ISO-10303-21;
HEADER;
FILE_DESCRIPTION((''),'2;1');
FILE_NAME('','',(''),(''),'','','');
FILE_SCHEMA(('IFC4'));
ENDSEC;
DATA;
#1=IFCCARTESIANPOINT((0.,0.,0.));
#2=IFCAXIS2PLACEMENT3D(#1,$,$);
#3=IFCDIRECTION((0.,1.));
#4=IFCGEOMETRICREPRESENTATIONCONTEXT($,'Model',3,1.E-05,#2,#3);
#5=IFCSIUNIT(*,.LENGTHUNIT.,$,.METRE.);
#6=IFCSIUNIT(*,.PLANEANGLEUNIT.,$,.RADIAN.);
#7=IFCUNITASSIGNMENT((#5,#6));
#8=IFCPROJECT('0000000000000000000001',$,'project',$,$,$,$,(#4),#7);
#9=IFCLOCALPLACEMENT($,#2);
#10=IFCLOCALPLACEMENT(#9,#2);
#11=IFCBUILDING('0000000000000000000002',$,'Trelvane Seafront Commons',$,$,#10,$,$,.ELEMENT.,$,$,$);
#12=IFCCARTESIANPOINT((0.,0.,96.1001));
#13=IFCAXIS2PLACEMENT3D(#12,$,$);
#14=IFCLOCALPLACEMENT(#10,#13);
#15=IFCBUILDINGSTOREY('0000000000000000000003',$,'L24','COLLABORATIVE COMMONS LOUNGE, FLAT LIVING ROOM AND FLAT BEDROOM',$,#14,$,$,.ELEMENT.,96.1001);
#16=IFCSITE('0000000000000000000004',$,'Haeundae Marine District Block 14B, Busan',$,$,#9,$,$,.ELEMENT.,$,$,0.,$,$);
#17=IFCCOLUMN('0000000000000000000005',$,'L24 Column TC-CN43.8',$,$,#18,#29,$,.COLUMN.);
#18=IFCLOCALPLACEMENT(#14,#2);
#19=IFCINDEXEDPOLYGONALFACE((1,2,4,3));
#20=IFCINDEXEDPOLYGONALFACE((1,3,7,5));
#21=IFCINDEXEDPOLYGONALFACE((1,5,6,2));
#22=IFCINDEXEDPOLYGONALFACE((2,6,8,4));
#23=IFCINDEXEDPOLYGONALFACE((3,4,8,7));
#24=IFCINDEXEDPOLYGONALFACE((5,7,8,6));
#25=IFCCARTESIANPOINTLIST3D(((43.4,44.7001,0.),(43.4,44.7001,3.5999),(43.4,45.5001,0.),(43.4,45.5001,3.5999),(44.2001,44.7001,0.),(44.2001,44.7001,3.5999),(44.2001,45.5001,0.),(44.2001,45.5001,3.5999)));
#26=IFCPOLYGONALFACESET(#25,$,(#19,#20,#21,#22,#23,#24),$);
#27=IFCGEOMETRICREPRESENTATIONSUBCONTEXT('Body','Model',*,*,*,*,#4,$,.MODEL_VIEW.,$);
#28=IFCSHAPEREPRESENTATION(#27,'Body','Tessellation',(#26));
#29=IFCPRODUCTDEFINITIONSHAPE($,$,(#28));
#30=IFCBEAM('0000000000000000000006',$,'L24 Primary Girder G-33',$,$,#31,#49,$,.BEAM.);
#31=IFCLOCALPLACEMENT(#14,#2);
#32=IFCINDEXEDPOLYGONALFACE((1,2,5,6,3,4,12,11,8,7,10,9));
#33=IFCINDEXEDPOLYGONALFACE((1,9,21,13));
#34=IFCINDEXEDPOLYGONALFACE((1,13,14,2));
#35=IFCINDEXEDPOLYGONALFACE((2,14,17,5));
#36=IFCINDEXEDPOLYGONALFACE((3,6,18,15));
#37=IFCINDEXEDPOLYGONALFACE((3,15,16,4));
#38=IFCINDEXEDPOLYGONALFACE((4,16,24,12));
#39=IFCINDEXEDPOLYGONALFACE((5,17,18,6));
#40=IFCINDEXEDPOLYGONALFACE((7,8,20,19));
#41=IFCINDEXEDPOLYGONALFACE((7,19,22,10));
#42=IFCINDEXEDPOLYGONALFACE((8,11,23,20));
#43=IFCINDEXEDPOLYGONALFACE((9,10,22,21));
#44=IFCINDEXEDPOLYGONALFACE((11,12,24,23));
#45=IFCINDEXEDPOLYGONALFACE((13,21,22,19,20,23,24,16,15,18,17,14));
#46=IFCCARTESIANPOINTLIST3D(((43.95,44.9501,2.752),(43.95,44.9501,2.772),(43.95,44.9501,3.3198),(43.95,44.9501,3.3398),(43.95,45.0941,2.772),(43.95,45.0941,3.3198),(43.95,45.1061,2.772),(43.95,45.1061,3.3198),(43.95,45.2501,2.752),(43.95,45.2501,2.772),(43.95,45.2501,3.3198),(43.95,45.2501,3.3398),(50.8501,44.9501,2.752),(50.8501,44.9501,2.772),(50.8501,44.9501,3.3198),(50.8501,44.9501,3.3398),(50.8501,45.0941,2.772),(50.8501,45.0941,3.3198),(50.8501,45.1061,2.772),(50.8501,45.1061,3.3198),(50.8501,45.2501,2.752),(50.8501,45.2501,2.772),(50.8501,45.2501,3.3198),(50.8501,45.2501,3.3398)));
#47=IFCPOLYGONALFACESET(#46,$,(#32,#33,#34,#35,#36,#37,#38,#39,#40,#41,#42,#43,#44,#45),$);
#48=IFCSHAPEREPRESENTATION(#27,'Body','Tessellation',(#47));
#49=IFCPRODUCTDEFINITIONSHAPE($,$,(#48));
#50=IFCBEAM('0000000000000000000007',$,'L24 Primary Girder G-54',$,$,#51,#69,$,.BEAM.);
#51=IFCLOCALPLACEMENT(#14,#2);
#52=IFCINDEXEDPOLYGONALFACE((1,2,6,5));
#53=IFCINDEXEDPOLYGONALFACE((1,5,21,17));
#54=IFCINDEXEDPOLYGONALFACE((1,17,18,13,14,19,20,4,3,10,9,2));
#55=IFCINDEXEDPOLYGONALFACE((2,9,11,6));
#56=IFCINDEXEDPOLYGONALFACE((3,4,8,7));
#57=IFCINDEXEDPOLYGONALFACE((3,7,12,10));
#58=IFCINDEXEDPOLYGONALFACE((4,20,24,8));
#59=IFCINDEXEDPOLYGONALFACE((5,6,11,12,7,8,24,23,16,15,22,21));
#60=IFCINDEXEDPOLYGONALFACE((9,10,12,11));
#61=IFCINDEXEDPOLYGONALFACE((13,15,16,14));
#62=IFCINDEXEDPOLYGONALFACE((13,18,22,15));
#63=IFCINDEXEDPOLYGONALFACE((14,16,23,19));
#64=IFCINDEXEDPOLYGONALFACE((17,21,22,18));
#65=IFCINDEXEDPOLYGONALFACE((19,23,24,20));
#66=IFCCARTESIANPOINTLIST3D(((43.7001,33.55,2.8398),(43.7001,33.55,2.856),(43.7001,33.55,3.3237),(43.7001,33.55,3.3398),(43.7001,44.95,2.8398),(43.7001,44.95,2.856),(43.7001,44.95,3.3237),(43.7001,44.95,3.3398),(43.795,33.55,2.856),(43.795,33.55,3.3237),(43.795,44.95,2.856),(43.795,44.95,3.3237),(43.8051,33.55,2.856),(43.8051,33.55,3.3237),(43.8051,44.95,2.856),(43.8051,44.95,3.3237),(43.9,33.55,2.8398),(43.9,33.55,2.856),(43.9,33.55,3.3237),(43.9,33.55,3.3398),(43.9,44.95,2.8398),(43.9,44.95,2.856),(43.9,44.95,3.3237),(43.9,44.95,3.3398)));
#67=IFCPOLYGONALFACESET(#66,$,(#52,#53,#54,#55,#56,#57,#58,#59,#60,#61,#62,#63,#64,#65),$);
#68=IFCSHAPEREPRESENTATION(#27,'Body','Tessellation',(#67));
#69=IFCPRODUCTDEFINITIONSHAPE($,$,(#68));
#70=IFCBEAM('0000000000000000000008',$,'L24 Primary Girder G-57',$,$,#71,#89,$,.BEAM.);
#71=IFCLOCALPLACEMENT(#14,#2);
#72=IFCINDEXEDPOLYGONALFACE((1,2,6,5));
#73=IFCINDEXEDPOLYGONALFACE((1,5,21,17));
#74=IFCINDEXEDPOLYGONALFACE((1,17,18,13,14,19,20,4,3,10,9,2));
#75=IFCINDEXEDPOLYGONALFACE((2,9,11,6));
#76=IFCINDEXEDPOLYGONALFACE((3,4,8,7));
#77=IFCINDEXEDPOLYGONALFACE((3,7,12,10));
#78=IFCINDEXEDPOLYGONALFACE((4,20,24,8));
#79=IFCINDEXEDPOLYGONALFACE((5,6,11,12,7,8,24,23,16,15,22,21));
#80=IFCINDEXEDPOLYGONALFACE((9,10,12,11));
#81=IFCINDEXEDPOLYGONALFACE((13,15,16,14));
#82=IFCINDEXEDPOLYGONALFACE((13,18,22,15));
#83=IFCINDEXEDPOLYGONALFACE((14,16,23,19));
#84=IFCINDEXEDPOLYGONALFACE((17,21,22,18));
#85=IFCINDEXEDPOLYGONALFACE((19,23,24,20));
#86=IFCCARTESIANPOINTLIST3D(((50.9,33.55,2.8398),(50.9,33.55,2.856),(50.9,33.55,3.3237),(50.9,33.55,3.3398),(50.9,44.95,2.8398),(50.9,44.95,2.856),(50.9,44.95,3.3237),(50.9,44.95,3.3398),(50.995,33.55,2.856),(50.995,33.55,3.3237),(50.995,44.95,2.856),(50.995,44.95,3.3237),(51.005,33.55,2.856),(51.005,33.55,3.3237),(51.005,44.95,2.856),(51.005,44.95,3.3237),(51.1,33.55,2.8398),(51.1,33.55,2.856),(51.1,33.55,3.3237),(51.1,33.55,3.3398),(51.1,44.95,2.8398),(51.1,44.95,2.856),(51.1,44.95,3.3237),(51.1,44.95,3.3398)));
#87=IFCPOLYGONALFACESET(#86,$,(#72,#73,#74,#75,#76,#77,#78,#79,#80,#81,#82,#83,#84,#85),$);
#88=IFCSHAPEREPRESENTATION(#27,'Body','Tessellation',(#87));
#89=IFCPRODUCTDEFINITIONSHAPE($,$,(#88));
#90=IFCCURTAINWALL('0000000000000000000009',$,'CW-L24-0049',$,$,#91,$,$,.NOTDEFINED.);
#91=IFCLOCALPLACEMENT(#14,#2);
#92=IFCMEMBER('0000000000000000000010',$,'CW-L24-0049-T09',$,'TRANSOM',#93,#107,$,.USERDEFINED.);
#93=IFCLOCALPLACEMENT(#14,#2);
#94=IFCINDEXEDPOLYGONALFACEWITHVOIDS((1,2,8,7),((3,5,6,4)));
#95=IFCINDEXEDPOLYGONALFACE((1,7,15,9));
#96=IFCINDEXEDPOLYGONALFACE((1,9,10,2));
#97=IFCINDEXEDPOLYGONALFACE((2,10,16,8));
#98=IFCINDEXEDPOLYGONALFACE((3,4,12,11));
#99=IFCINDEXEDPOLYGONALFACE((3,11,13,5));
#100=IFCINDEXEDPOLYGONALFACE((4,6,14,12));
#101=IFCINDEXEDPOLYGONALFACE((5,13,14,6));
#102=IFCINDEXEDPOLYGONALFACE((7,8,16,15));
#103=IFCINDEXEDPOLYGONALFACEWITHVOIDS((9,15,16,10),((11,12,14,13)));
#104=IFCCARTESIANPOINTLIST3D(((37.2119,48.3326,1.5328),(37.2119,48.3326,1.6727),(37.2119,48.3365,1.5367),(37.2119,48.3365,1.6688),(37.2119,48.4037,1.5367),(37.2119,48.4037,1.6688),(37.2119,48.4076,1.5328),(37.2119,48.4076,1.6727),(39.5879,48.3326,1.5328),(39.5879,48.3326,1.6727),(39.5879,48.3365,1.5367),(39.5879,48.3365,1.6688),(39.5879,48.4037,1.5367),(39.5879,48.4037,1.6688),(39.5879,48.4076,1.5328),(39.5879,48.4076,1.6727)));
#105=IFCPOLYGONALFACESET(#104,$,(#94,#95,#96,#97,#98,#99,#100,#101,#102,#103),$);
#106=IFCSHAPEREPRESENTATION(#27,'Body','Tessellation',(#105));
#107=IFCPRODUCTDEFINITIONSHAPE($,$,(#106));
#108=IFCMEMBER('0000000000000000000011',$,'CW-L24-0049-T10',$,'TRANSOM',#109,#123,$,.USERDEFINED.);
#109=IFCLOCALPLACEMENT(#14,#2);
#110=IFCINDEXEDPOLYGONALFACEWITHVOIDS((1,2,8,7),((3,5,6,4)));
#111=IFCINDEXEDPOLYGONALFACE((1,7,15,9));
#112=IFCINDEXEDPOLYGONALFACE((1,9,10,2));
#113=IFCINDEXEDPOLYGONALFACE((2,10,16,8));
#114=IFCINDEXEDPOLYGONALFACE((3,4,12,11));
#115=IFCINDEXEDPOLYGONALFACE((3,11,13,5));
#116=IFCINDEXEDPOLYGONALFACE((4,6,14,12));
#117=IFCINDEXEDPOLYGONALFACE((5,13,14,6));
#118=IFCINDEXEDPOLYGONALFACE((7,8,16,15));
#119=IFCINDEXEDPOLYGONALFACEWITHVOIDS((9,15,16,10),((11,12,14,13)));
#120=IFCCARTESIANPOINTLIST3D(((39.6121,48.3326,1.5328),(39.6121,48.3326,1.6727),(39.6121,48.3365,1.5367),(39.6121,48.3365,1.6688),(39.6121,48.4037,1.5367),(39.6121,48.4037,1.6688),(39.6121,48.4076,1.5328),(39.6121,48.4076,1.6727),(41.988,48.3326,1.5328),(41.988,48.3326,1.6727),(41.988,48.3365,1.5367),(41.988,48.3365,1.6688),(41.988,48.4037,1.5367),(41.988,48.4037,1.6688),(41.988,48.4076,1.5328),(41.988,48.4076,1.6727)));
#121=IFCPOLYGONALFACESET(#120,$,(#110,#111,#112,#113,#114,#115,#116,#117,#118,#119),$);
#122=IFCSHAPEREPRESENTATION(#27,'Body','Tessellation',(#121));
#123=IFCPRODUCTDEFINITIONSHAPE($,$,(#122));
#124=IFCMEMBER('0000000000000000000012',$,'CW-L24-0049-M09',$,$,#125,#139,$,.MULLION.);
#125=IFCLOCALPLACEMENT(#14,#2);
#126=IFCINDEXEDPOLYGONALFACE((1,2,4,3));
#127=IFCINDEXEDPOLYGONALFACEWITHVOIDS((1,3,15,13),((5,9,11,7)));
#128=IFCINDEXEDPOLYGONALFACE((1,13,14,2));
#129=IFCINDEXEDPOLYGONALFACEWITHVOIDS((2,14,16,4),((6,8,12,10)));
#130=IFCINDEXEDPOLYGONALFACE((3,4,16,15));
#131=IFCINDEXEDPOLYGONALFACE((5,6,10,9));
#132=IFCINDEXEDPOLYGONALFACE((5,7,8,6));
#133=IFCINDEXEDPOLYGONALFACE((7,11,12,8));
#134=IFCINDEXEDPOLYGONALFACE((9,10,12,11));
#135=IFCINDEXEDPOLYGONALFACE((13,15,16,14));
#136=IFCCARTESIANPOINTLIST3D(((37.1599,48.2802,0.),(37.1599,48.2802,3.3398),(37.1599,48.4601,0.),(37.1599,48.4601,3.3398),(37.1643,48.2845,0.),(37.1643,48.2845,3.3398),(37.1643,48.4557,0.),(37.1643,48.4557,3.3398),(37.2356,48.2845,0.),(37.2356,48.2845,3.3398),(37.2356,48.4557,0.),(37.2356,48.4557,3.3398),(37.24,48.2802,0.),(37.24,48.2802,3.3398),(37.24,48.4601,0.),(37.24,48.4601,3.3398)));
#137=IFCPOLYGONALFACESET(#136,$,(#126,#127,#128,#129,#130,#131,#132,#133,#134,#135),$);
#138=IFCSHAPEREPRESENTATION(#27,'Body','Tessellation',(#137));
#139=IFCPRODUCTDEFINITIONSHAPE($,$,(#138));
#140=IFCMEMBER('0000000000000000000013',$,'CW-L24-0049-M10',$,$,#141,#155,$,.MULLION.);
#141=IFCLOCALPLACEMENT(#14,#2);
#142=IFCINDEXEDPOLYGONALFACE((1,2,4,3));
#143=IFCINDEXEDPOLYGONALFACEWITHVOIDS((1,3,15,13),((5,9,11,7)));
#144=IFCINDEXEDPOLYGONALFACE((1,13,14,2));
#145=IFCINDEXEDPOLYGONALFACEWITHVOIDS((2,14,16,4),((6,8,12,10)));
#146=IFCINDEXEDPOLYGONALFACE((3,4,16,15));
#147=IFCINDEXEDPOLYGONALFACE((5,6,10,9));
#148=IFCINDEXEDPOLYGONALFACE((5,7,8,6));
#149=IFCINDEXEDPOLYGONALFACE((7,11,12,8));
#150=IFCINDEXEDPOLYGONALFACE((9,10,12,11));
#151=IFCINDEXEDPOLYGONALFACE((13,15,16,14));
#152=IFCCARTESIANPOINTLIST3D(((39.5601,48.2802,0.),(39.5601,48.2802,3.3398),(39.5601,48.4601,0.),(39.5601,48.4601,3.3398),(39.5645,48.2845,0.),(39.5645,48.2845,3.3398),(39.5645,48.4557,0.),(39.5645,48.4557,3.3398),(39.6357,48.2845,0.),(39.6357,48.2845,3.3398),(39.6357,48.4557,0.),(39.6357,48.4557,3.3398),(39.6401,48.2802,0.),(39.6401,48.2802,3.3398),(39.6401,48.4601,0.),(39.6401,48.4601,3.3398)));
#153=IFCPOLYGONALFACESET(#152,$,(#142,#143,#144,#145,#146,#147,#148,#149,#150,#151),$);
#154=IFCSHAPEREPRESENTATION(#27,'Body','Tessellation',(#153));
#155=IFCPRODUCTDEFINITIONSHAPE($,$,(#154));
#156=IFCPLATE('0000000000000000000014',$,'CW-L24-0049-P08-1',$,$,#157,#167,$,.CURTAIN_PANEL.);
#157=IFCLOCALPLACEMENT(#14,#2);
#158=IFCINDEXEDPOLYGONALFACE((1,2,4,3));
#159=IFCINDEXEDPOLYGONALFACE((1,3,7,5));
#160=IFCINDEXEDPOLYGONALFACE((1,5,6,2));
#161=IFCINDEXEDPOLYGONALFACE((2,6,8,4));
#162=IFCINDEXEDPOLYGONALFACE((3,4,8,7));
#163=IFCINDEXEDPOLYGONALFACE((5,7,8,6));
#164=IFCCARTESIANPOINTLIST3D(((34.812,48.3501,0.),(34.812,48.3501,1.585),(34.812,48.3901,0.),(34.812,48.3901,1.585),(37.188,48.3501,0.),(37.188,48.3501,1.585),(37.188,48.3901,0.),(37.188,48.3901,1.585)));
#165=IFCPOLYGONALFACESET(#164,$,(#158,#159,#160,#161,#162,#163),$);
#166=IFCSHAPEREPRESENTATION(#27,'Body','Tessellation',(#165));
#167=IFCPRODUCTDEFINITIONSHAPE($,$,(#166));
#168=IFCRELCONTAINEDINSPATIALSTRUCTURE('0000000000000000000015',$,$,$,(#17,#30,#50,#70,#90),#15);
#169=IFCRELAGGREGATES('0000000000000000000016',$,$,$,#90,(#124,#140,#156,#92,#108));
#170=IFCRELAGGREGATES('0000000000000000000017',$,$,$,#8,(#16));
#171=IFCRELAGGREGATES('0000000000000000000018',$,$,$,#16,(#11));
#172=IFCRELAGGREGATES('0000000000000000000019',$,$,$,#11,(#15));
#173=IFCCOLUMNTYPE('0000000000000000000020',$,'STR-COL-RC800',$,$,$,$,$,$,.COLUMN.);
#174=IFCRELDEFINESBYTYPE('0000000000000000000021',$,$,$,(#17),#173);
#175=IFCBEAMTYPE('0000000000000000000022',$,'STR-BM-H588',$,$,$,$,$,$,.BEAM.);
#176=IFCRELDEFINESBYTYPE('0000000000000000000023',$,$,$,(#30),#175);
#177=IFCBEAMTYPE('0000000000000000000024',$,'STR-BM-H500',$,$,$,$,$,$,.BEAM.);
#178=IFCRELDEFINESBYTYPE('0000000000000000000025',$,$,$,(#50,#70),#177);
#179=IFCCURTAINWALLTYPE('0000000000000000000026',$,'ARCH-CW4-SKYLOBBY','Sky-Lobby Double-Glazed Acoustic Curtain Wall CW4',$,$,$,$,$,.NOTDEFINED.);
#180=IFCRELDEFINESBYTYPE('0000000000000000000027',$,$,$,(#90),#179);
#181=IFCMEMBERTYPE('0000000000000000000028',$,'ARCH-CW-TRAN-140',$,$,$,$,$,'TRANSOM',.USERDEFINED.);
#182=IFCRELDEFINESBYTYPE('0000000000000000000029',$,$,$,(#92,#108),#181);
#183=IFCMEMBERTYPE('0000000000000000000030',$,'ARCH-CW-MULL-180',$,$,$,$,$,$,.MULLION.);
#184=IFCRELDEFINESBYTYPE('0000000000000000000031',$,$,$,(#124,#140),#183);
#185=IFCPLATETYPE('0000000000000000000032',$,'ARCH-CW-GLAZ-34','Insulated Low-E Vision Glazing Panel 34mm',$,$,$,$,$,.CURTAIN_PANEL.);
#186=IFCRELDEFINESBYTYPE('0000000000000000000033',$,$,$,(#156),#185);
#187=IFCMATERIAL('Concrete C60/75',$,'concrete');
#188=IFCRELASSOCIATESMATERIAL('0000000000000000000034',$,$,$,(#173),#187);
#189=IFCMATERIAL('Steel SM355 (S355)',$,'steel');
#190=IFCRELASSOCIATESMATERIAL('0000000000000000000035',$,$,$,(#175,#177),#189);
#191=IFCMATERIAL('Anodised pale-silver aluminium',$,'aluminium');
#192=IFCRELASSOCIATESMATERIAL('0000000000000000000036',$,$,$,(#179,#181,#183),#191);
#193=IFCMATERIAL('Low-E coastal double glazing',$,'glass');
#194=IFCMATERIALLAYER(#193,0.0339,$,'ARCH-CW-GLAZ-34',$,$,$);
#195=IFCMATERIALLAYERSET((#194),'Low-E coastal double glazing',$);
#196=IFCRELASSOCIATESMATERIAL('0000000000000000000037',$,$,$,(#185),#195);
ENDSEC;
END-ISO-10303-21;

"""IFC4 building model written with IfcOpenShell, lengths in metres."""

from ifc_helpers import new_model, si_unit, direction, frame, origin, origin_2d, place, context, subcontext, project, spatial, rectangle, hollow_rectangle, i_section, extrude, source, transform, mapped, material, layer, layer_set, material_profile, profile_set, type_object, element, aggregate, save


model = new_model("IFC4")

# Units and contexts
model_context = context("Model", 3, precision=1e-05, world=origin(), true_north=direction((0.0, 1.0)))
body_context = subcontext(model_context, "Body", "Model", "MODEL_VIEW")
ifc_project = project(units=[si_unit("LENGTHUNIT", "METRE"), si_unit("PLANEANGLEUNIT", "RADIAN")], contexts=[model_context])

# Site, building, storey
site_placement = place(None, origin())
site = spatial("IfcSite", under=ifc_project, at=site_placement, Name="Haeundae Marine District Block 14B, Busan", CompositionType="ELEMENT", RefElevation=0.0)
building_placement = place(site_placement, origin())
building = spatial("IfcBuilding", under=site, at=building_placement, Name="Trelvane Seafront Commons", CompositionType="ELEMENT")
storey_placement = place(building_placement, frame((0.0, 0.0, 96.1001)))
storey = spatial("IfcBuildingStorey", under=building, at=storey_placement, Name="L24", Description="COLLABORATIVE COMMONS LOUNGE, FLAT LIVING ROOM AND FLAT BEDROOM", CompositionType="ELEMENT", Elevation=96.1001)

# Column
ifc_material_1 = material(Name="Concrete C60/75", Category="concrete")
ifc_material_profile_1 = material_profile(ifc_material_1, rectangle(XDim=0.8, YDim=0.8, at=origin_2d()), Name="RC-800x800")
ifc_profile_set_1 = profile_set([ifc_material_profile_1], Name="Concrete C60/75")
column_type = type_object("IfcColumnType", Name="STR-COL-RC800", PredefinedType="COLUMN", material=ifc_profile_set_1)
shared_shape_1 = source(origin(), body_context, "Body", "SweptSolid", [
    extrude(rectangle(XDim=0.8, YDim=0.8, at=origin_2d()), origin(), (0.0, 0.0, 1.0), 3.5999),
])
column_placement = place(storey_placement, frame((43.8, 45.1001, 0.0), z_axis=(0.0, 0.0, 1.0), x_axis=(1.0, 0.0, 0.0)))
element("IfcColumn", 1, at=column_placement, inside=storey, type_object=column_type, Name="L24 Column TC-CN43.8", PredefinedType="COLUMN", context=body_context, shape_type="MappedRepresentation", body=[
    mapped(shared_shape_1, transform((0.0, 0.0, 0.0), x_axis=(1.0, 0.0, 0.0), y_axis=(0.0, 1.0, 0.0), z_axis=(0.0, 0.0, 1.0), scale=1.0)),
])

# Beams
ifc_material_2 = material(Name="Steel SM355 (S355)", Category="steel")
ifc_material_profile_2 = material_profile(ifc_material_2, i_section(OverallWidth=0.3, OverallDepth=0.5879, WebThickness=0.012, FlangeThickness=0.02, at=origin_2d()), Name="H-588x300x12x20")
ifc_profile_set_2 = profile_set([ifc_material_profile_2], Name="Steel SM355 (S355)")
beam_type_1 = type_object("IfcBeamType", Name="STR-BM-H588", PredefinedType="BEAM", material=ifc_profile_set_2)
shared_shape_2 = source(origin(), body_context, "Body", "SweptSolid", [
    extrude(i_section(OverallWidth=0.3, OverallDepth=0.5879, WebThickness=0.012, FlangeThickness=0.02, at=origin_2d()), origin(), (0.0, 0.0, 1.0), 6.9001),
])
beam_placement = place(storey_placement, frame((43.95, 45.1001, 3.0459), z_axis=(1.0, 0.0, 0.0), x_axis=(0.0, 1.0, 0.0)))
element("IfcBeam", 2, at=beam_placement, inside=storey, type_object=beam_type_1, Name="L24 Primary Girder G-33", PredefinedType="BEAM", context=body_context, shape_type="MappedRepresentation", body=[
    mapped(shared_shape_2, transform((0.0, 0.0, 0.0), x_axis=(1.0, 0.0, 0.0), y_axis=(0.0, 1.0, 0.0), z_axis=(0.0, 0.0, 1.0), scale=1.0)),
])
ifc_material_profile_3 = material_profile(ifc_material_2, i_section(OverallWidth=0.2, OverallDepth=0.5, WebThickness=0.01, FlangeThickness=0.0161, at=origin_2d()), Name="H-500x200x10x16")
ifc_profile_set_3 = profile_set([ifc_material_profile_3], Name="Steel SM355 (S355)")
beam_type_2 = type_object("IfcBeamType", Name="STR-BM-H500", PredefinedType="BEAM", material=ifc_profile_set_3)
shared_shape_3 = source(origin(), body_context, "Body", "SweptSolid", [
    extrude(i_section(OverallWidth=0.2, OverallDepth=0.5, WebThickness=0.01, FlangeThickness=0.0161, at=origin_2d()), origin(), (0.0, 0.0, 1.0), 11.3999),
])
for number, where, z_axis, x_axis, name in (
    (3, (43.8, 33.55, 3.0898), (0.0, 1.0, 0.0), (-1.0, 0.0, 0.0), "L24 Primary Girder G-54"),
    (4, (51.0, 33.55, 3.0898), (0.0, 1.0, 0.0), (-1.0, 0.0, 0.0), "L24 Primary Girder G-57"),
):
    element("IfcBeam", number, at=place(storey_placement, frame(where, z_axis=z_axis, x_axis=x_axis)), inside=storey, type_object=beam_type_2, Name=name, PredefinedType="BEAM", context=body_context, shape_type="MappedRepresentation", body=[
        mapped(shared_shape_3, transform((0.0, 0.0, 0.0), x_axis=(1.0, 0.0, 0.0), y_axis=(0.0, 1.0, 0.0), z_axis=(0.0, 0.0, 1.0), scale=1.0)),
    ])

# Curtain wall, members, plate
ifc_material_3 = material(Name="Anodised pale-silver aluminium", Category="aluminium")
curtain_wall_type = type_object("IfcCurtainWallType", Name="ARCH-CW4-SKYLOBBY", Description="Sky-Lobby Double-Glazed Acoustic Curtain Wall CW4", PredefinedType="NOTDEFINED", material=ifc_material_3)
curtain_wall_placement = place(storey_placement, origin())
curtain_wall = element("IfcCurtainWall", 5, at=curtain_wall_placement, inside=storey, type_object=curtain_wall_type, Name="CW-L24-0049", PredefinedType="NOTDEFINED")
ifc_material_profile_4 = material_profile(ifc_material_3, hollow_rectangle(XDim=0.075, YDim=0.1399, WallThickness=0.0039, at=origin_2d()), Name="TRAN-75x140x4")
ifc_profile_set_4 = profile_set([ifc_material_profile_4], Name="Anodised pale-silver aluminium")
member_type_1 = type_object("IfcMemberType", Name="ARCH-CW-TRAN-140", ElementType="TRANSOM", PredefinedType="USERDEFINED", material=ifc_profile_set_4)
shared_shape_4 = source(origin(), body_context, "Body", "SweptSolid", [
    extrude(hollow_rectangle(XDim=0.075, YDim=0.1399, WallThickness=0.0039, at=origin_2d()), origin(), (0.0, 0.0, 1.0), 2.376),
])
member_1_placement = place(storey_placement, frame((37.2119, 48.3701, 1.6028), z_axis=(1.0, 0.0, 0.0), x_axis=(0.0, 1.0, 0.0)))
member_1 = element("IfcMember", 6, at=member_1_placement, type_object=member_type_1, Name="CW-L24-0049-T09", ObjectType="TRANSOM", PredefinedType="USERDEFINED", context=body_context, shape_type="MappedRepresentation", body=[
    mapped(shared_shape_4, transform((0.0, 0.0, 0.0), x_axis=(1.0, 0.0, 0.0), y_axis=(0.0, 1.0, 0.0), z_axis=(0.0, 0.0, 1.0), scale=1.0)),
])
member_2_placement = place(storey_placement, frame((39.6121, 48.3701, 1.6028), z_axis=(1.0, 0.0, 0.0), x_axis=(0.0, 1.0, 0.0)))
member_2 = element("IfcMember", 7, at=member_2_placement, type_object=member_type_1, Name="CW-L24-0049-T10", ObjectType="TRANSOM", PredefinedType="USERDEFINED", context=body_context, shape_type="MappedRepresentation", body=[
    mapped(shared_shape_4, transform((0.0, 0.0, 0.0), x_axis=(1.0, 0.0, 0.0), y_axis=(0.0, 1.0, 0.0), z_axis=(0.0, 0.0, 1.0), scale=1.0)),
])
ifc_material_profile_5 = material_profile(ifc_material_3, hollow_rectangle(XDim=0.0801, YDim=0.1799, WallThickness=0.0044, at=origin_2d()), Name="MULL-80x180x4.5")
ifc_profile_set_5 = profile_set([ifc_material_profile_5], Name="Anodised pale-silver aluminium")
member_type_2 = type_object("IfcMemberType", Name="ARCH-CW-MULL-180", PredefinedType="MULLION", material=ifc_profile_set_5)
shared_shape_5 = source(origin(), body_context, "Body", "SweptSolid", [
    extrude(hollow_rectangle(XDim=0.0801, YDim=0.1799, WallThickness=0.0044, at=origin_2d()), origin(), (0.0, 0.0, 1.0), 3.3398),
])
member_3_placement = place(storey_placement, frame((37.2, 48.3701, 0.0), z_axis=(0.0, 0.0, 1.0), x_axis=(1.0, 0.0, 0.0)))
member_3 = element("IfcMember", 8, at=member_3_placement, type_object=member_type_2, Name="CW-L24-0049-M09", PredefinedType="MULLION", context=body_context, shape_type="MappedRepresentation", body=[
    mapped(shared_shape_5, transform((0.0, 0.0, 0.0), x_axis=(1.0, 0.0, 0.0), y_axis=(0.0, 1.0, 0.0), z_axis=(0.0, 0.0, 1.0), scale=1.0)),
])
member_4_placement = place(storey_placement, frame((39.6001, 48.3701, 0.0), z_axis=(0.0, 0.0, 1.0), x_axis=(1.0, 0.0, 0.0)))
member_4 = element("IfcMember", 9, at=member_4_placement, type_object=member_type_2, Name="CW-L24-0049-M10", PredefinedType="MULLION", context=body_context, shape_type="MappedRepresentation", body=[
    mapped(shared_shape_5, transform((0.0, 0.0, 0.0), x_axis=(1.0, 0.0, 0.0), y_axis=(0.0, 1.0, 0.0), z_axis=(0.0, 0.0, 1.0), scale=1.0)),
])
ifc_material_4 = material(Name="Low-E coastal double glazing", Category="glass")
ifc_layer_1 = layer(ifc_material_4, 0.0339, Name="ARCH-CW-GLAZ-34")
ifc_layer_set_1 = layer_set([ifc_layer_1], Name="Low-E coastal double glazing")
plate_type = type_object("IfcPlateType", Name="ARCH-CW-GLAZ-34", Description="Insulated Low-E Vision Glazing Panel 34mm", PredefinedType="CURTAIN_PANEL", material=ifc_layer_set_1)
shared_shape_6 = source(origin(), body_context, "Body", "SweptSolid", [
    extrude(rectangle(XDim=2.376, YDim=0.04, at=origin_2d()), origin(), (0.0, 0.0, 1.0), 1.585),
])
plate_1_placement = place(storey_placement, frame((36.0, 48.3701, 0.0), z_axis=(0.0, 0.0, 1.0), x_axis=(1.0, 0.0, 0.0)))
plate_1 = element("IfcPlate", 10, at=plate_1_placement, type_object=plate_type, Name="CW-L24-0049-P08-1", PredefinedType="CURTAIN_PANEL", context=body_context, shape_type="MappedRepresentation", body=[
    mapped(shared_shape_6, transform((0.0, 0.0, 0.0), x_axis=(1.0, 0.0, 0.0), y_axis=(0.0, 1.0, 0.0), z_axis=(0.0, 0.0, 1.0), scale=1.0)),
])
aggregate(curtain_wall, [member_3, member_4, plate_1, member_1, member_2])

save(model, "model.ifc")
